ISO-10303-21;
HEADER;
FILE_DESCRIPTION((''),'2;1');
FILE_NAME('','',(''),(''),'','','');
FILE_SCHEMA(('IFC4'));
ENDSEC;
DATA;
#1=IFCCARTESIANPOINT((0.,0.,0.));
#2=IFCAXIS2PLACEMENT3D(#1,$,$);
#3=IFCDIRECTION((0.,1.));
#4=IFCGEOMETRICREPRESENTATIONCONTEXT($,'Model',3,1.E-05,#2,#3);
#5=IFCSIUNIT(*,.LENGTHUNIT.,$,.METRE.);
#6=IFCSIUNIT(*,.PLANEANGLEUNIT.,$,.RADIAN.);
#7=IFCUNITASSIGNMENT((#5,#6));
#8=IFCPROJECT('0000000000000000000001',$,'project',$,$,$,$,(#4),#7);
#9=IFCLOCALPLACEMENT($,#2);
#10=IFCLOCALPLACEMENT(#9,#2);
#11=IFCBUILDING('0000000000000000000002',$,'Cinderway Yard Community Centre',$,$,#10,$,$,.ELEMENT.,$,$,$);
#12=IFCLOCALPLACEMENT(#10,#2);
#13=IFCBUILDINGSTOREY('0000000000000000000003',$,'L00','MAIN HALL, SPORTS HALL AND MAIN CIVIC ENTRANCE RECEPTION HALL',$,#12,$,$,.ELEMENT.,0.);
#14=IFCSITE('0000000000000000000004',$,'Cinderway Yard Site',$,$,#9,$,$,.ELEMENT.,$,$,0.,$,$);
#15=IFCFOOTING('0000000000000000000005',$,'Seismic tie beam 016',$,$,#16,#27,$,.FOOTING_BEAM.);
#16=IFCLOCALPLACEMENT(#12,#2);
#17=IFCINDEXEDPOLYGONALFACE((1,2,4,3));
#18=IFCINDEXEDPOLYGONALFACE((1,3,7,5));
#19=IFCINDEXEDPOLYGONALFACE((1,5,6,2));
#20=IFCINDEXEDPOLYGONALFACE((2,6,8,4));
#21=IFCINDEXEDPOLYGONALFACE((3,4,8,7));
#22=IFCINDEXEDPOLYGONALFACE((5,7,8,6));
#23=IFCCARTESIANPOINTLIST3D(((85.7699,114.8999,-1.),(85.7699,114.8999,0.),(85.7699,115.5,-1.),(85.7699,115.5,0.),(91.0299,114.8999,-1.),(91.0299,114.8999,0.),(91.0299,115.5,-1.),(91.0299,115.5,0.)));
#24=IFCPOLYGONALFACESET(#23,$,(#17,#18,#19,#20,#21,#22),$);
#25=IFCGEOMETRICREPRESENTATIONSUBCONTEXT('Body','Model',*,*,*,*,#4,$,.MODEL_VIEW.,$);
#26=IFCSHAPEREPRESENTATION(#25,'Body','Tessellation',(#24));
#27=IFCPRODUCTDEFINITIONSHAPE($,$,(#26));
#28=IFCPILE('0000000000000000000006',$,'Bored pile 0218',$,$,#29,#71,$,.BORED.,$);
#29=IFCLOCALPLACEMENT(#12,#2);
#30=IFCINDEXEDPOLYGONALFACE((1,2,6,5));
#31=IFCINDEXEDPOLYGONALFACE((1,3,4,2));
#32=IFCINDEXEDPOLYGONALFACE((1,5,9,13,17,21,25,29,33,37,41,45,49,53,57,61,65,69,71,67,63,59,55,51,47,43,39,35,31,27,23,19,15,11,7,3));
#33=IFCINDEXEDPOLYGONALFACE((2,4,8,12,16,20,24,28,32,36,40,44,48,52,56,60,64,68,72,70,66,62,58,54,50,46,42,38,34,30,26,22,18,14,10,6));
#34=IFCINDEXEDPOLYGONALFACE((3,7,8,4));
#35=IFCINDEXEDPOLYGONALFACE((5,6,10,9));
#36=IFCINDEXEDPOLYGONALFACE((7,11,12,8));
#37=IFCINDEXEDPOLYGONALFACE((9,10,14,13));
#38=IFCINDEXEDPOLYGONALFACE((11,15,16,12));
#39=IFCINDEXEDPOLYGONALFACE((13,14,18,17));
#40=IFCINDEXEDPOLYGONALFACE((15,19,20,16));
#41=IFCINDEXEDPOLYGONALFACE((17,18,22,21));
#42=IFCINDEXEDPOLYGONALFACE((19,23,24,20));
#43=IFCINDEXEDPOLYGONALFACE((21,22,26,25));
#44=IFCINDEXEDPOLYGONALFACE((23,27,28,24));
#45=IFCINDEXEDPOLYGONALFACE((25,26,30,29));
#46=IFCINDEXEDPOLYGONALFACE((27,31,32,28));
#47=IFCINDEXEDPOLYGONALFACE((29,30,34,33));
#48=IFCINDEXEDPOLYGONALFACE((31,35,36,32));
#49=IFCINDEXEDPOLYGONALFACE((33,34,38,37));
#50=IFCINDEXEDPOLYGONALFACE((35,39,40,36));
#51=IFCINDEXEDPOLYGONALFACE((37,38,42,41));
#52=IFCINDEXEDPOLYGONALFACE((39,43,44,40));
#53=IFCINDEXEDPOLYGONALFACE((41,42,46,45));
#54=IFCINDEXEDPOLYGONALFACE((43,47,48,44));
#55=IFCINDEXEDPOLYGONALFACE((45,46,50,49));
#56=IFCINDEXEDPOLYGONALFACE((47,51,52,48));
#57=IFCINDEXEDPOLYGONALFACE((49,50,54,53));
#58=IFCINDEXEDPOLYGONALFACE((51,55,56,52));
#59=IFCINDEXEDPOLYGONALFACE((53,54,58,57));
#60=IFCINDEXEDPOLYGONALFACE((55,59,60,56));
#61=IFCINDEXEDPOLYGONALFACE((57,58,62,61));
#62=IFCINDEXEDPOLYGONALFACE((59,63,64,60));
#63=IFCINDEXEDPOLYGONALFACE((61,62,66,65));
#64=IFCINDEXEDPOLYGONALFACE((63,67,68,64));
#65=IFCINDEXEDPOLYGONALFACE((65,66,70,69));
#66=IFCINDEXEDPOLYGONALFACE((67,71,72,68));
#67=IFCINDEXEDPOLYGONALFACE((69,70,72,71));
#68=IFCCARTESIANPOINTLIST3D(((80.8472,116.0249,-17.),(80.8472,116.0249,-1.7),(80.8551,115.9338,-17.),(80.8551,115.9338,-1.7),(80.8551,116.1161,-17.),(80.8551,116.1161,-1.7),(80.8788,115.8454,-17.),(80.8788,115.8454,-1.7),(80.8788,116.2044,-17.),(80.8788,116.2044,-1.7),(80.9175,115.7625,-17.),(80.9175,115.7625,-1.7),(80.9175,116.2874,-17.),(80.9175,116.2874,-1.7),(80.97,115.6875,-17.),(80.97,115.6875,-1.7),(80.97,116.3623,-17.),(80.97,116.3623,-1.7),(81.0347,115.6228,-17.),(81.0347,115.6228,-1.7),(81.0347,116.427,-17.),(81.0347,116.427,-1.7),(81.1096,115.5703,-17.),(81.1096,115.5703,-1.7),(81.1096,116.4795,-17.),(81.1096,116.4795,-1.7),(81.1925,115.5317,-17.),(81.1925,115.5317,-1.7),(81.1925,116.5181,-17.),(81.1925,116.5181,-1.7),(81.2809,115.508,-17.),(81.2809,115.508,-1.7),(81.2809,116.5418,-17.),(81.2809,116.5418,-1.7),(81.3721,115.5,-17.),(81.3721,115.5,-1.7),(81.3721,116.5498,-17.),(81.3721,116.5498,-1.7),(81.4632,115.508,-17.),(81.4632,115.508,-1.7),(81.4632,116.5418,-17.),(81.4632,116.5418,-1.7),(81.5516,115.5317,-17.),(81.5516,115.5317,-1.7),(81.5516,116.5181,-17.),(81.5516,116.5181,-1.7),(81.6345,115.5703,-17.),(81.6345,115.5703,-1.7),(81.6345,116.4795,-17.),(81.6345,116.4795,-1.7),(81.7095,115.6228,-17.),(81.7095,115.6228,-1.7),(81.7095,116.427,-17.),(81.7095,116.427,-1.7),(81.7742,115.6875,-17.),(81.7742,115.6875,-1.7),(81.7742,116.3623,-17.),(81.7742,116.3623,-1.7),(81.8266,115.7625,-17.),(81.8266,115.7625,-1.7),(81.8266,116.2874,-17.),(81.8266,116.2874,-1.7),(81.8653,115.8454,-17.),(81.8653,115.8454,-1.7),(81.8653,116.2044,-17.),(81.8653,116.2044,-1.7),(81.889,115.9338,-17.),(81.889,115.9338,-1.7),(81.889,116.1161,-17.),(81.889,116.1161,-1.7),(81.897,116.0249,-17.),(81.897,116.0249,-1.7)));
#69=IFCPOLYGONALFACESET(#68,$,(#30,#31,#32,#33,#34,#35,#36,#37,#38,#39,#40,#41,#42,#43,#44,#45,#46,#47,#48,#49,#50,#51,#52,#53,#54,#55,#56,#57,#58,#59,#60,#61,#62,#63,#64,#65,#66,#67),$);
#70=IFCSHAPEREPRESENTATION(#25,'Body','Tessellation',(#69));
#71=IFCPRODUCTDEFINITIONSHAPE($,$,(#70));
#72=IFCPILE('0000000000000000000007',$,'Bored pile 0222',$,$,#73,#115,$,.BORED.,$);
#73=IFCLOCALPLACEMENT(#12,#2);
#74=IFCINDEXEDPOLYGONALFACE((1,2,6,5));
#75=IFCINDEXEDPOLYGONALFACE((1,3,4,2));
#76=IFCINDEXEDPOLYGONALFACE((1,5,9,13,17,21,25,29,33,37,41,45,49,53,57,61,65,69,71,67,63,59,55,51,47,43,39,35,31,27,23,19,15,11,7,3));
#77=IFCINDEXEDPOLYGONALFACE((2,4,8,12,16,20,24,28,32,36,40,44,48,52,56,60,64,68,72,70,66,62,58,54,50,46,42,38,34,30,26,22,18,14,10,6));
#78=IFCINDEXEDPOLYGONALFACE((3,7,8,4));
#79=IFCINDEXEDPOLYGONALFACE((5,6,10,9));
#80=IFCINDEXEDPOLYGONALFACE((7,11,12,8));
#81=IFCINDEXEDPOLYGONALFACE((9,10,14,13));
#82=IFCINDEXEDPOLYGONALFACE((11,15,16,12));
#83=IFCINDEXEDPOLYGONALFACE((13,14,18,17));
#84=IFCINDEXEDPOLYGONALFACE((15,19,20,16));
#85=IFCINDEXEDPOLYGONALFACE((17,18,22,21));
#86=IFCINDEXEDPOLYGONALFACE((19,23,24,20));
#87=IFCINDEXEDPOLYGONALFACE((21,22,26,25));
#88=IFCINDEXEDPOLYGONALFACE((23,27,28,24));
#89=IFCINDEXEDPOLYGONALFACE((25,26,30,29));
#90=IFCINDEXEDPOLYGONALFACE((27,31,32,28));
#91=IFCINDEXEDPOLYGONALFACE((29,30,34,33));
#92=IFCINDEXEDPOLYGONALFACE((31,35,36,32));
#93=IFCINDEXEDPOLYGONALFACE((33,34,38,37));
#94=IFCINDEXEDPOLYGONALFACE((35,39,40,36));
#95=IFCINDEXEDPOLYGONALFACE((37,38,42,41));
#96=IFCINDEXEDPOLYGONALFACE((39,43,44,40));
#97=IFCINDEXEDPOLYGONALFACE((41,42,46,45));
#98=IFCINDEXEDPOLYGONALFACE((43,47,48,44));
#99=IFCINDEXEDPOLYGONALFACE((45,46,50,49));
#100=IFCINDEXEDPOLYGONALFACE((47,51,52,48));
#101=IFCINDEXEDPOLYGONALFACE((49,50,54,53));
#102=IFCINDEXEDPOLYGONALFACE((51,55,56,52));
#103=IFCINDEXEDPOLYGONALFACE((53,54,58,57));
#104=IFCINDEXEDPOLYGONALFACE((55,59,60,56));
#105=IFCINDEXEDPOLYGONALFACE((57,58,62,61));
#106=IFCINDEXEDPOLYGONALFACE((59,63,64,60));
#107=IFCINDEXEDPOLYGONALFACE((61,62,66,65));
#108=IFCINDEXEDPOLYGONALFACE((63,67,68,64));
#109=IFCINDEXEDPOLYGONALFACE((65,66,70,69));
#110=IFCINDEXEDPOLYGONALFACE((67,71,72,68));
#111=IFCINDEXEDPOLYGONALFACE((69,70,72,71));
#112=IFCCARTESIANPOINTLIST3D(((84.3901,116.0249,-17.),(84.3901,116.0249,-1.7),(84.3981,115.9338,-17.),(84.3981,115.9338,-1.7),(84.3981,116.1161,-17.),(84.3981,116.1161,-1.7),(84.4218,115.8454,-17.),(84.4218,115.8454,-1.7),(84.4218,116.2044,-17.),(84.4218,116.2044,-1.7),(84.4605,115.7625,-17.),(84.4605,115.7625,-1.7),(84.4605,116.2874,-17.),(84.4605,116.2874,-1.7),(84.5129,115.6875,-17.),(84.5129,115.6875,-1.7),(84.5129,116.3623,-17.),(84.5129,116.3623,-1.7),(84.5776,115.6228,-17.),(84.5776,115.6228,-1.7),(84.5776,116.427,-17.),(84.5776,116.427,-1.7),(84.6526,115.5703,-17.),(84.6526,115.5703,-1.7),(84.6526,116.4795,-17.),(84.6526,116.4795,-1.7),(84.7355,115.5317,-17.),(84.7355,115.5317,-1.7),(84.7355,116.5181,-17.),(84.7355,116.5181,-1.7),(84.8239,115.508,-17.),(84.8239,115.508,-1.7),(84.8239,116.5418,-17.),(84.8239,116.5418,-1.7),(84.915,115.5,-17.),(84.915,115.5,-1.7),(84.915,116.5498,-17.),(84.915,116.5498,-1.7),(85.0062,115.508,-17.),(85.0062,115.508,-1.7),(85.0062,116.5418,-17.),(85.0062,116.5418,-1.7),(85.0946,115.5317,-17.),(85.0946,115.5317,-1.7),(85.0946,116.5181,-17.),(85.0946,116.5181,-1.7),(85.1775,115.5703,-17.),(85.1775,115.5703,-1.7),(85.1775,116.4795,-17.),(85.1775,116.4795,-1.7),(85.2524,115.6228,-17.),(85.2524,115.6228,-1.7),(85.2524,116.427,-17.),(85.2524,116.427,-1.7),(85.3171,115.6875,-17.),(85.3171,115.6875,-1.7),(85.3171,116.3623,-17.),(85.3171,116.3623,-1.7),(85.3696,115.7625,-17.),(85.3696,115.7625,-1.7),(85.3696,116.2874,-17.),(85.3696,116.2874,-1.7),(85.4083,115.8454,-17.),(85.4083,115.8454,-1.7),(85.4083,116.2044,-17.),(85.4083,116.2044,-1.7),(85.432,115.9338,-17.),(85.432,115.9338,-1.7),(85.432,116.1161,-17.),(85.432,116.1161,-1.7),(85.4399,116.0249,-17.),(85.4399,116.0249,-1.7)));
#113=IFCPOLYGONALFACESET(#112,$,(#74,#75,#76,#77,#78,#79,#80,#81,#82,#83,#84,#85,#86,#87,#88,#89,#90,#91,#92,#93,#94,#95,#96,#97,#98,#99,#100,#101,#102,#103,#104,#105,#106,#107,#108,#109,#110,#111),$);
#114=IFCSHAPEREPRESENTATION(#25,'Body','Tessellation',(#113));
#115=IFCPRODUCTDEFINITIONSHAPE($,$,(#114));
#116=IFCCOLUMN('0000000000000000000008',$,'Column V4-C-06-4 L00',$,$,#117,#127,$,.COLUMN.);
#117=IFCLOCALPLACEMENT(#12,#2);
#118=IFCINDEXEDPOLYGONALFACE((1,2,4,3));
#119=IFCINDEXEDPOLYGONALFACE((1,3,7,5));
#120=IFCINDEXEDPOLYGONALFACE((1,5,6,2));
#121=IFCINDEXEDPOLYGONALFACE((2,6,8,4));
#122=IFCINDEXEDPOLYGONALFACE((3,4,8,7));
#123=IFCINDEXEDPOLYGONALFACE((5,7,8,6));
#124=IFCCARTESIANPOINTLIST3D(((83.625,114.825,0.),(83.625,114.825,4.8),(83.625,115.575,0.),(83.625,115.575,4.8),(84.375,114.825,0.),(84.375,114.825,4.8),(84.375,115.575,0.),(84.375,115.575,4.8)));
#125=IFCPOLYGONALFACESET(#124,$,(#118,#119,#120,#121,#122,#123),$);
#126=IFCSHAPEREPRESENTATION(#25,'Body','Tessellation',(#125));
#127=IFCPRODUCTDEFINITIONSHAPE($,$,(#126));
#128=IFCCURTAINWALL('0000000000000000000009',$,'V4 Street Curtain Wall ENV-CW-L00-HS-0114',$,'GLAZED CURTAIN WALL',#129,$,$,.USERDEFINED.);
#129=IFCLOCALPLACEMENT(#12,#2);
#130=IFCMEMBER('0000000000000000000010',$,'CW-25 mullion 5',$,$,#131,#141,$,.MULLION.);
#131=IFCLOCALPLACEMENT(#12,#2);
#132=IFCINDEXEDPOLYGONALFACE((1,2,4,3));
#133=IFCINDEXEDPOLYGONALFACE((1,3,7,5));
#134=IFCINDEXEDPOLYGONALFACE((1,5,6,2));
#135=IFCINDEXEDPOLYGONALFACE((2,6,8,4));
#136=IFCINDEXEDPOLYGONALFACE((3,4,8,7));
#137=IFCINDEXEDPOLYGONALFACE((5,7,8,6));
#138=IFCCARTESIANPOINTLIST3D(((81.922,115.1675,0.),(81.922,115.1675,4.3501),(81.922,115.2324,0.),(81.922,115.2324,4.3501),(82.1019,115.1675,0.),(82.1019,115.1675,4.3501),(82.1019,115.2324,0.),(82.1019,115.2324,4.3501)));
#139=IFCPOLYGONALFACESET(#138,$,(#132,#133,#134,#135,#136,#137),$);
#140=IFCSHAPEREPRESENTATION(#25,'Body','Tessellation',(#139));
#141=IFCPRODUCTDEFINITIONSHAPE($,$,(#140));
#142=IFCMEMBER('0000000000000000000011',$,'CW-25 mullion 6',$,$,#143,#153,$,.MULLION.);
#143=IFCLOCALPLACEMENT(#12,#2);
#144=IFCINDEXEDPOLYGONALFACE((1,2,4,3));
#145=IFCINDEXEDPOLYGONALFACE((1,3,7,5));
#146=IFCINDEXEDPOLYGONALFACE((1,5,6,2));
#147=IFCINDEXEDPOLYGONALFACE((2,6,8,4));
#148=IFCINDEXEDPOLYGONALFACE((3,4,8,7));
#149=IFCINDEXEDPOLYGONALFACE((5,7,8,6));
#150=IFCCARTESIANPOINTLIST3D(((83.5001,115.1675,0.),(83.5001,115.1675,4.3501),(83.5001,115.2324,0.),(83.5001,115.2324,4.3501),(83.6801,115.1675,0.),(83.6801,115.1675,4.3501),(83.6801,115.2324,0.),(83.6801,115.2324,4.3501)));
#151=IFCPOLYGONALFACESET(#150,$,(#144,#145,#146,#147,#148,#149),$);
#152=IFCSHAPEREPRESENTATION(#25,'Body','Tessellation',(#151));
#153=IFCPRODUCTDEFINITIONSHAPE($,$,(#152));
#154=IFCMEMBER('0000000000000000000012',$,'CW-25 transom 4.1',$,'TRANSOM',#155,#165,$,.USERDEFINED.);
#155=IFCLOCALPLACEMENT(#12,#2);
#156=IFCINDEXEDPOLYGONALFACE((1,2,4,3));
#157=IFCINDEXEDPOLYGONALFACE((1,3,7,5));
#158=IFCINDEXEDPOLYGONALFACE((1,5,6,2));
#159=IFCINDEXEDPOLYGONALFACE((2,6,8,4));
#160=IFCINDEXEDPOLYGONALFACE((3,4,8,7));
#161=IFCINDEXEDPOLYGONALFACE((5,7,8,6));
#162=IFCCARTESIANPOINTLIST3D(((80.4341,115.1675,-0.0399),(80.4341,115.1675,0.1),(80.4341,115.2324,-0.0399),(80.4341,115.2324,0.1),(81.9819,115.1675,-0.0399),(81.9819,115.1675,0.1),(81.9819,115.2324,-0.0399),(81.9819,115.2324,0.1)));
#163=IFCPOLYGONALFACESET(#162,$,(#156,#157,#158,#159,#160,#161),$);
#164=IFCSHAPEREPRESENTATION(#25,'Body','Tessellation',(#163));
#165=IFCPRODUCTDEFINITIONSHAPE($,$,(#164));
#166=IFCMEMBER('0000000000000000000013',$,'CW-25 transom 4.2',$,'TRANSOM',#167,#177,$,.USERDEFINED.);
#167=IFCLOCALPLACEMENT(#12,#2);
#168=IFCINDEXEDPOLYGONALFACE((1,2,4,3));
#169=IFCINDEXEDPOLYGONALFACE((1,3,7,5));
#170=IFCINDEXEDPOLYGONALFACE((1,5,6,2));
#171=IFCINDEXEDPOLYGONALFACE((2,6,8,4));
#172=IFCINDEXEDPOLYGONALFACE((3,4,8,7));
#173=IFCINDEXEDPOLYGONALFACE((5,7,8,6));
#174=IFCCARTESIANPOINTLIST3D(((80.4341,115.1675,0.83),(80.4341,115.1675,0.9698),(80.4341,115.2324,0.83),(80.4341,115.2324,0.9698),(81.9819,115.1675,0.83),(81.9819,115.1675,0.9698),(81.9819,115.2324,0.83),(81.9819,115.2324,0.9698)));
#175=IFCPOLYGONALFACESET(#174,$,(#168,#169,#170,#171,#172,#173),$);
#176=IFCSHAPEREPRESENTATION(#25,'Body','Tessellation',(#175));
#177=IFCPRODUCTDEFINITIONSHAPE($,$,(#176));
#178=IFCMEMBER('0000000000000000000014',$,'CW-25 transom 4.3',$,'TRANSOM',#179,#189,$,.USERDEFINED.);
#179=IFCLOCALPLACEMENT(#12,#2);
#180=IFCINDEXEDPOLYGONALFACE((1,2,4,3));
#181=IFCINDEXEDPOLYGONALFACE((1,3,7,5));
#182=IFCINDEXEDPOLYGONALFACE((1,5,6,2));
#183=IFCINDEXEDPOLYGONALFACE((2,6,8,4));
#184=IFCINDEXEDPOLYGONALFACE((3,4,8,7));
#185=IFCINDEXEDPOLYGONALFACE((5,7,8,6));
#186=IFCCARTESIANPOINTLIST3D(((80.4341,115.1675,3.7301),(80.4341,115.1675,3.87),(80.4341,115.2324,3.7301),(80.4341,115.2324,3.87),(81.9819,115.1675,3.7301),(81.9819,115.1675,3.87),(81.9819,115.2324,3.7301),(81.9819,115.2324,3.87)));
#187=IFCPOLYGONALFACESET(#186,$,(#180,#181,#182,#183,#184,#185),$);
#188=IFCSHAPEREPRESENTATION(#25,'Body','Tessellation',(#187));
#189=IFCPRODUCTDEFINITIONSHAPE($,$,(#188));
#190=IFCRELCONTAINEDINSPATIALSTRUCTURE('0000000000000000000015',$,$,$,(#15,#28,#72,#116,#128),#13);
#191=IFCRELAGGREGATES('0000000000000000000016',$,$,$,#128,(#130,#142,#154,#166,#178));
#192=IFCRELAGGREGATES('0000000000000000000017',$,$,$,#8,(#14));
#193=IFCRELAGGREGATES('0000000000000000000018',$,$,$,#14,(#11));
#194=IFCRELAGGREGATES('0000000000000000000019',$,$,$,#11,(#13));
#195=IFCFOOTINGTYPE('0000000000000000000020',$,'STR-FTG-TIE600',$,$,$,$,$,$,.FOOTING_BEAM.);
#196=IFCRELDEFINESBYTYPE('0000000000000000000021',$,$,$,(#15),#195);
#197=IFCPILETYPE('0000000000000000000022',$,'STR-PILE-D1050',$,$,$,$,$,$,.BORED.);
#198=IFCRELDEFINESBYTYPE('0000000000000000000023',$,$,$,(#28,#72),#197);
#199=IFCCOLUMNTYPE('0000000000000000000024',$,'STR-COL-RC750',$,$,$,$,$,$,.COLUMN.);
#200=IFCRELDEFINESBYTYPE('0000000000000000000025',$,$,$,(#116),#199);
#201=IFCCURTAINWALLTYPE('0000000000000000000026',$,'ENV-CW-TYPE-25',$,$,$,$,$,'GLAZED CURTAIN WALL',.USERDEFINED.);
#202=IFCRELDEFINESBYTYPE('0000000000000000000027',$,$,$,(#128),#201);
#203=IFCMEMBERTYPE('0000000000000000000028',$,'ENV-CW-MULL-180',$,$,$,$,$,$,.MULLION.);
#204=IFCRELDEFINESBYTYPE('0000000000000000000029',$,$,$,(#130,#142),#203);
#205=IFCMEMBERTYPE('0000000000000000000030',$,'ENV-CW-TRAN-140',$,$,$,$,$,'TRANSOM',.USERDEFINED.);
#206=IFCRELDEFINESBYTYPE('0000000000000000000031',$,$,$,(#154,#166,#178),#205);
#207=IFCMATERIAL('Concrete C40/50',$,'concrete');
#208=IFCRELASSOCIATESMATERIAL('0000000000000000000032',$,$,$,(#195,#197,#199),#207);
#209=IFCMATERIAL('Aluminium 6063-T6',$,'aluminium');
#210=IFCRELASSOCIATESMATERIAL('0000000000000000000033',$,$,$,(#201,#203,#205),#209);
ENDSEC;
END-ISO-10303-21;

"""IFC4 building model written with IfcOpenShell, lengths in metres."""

from ifc_helpers import new_model, si_unit, direction, frame, origin, origin_2d, place, context, subcontext, project, spatial, rectangle, circle, extrude, material, material_profile, profile_set, type_object, element, aggregate, save


model = new_model("IFC4")

# Units and contexts
model_context = context("Model", 3, precision=1e-05, world=origin(), true_north=direction((0.0, 1.0)))
body_context = subcontext(model_context, "Body", "Model", "MODEL_VIEW")
ifc_project = project(units=[si_unit("LENGTHUNIT", "METRE"), si_unit("PLANEANGLEUNIT", "RADIAN")], contexts=[model_context])

# Site, building, storey
site_placement = place(None, origin())
site = spatial("IfcSite", under=ifc_project, at=site_placement, Name="Cinderway Yard Site", CompositionType="ELEMENT", RefElevation=0.0)
building_placement = place(site_placement, origin())
building = spatial("IfcBuilding", under=site, at=building_placement, Name="Cinderway Yard Community Centre", CompositionType="ELEMENT")
storey_placement = place(building_placement, origin())
storey = spatial("IfcBuildingStorey", under=building, at=storey_placement, Name="L00", Description="MAIN HALL, SPORTS HALL AND MAIN CIVIC ENTRANCE RECEPTION HALL", CompositionType="ELEMENT", Elevation=0.0)

# Footing
ifc_material_1 = material(Name="Concrete C40/50", Category="concrete")
footing_type = type_object("IfcFootingType", Name="STR-FTG-TIE600", PredefinedType="FOOTING_BEAM", material=ifc_material_1)
footing_placement = place(storey_placement, frame((88.3999, 115.2, -1.0), z_axis=(0.0, 0.0, 1.0), x_axis=(1.0, 0.0, 0.0)))
element("IfcFooting", 1, at=footing_placement, inside=storey, type_object=footing_type, Name="Seismic tie beam 016", PredefinedType="FOOTING_BEAM", context=body_context, shape_type="SweptSolid", body=[
    extrude(rectangle(XDim=5.26, YDim=0.6001, at=origin_2d()), origin(), (0.0, 0.0, 1.0), 1.0),
])

# Piles
ifc_material_profile_1 = material_profile(ifc_material_1, circle(Radius=0.5249, at=origin_2d()), Name="Concrete C40/50")
ifc_profile_set_1 = profile_set([ifc_material_profile_1], Name="Concrete C40/50")
pile_type = type_object("IfcPileType", Name="STR-PILE-D1050", PredefinedType="BORED", material=ifc_profile_set_1)
for number, where, z_axis, x_axis, name in (
    (2, (81.3721, 116.0249, -1.7), (0.0, 0.0, -1.0), (1.0, 0.0, 0.0), "Bored pile 0218"),
    (3, (84.915, 116.0249, -1.7), (0.0, 0.0, -1.0), (1.0, 0.0, 0.0), "Bored pile 0222"),
):
    element("IfcPile", number, at=place(storey_placement, frame(where, z_axis=z_axis, x_axis=x_axis)), inside=storey, type_object=pile_type, Name=name, PredefinedType="BORED", context=body_context, shape_type="SweptSolid", body=[
        extrude(circle(Radius=0.5249, at=origin_2d()), origin(), (0.0, 0.0, 1.0), 15.3),
    ])

# Column
ifc_material_profile_2 = material_profile(ifc_material_1, rectangle(XDim=0.75, YDim=0.75, at=origin_2d()), Name="Concrete C40/50")
ifc_profile_set_2 = profile_set([ifc_material_profile_2], Name="Concrete C40/50")
column_type = type_object("IfcColumnType", Name="STR-COL-RC750", PredefinedType="COLUMN", material=ifc_profile_set_2)
column_placement = place(storey_placement, frame((84.0, 115.2, 0.0), z_axis=(0.0, 0.0, 1.0), x_axis=(1.0, 0.0, 0.0)))
element("IfcColumn", 4, at=column_placement, inside=storey, type_object=column_type, Name="Column V4-C-06-4 L00", PredefinedType="COLUMN", context=body_context, shape_type="SweptSolid", body=[
    extrude(rectangle(XDim=0.75, YDim=0.75, at=origin_2d()), origin(), (0.0, 0.0, 1.0), 4.8),
])

# Curtain wall, members
ifc_material_2 = material(Name="Aluminium 6063-T6", Category="aluminium")
curtain_wall_type = type_object("IfcCurtainWallType", Name="ENV-CW-TYPE-25", ElementType="GLAZED CURTAIN WALL", PredefinedType="USERDEFINED", material=ifc_material_2)
curtain_wall_placement = place(storey_placement, origin())
curtain_wall = element("IfcCurtainWall", 5, at=curtain_wall_placement, inside=storey, type_object=curtain_wall_type, Name="V4 Street Curtain Wall ENV-CW-L00-HS-0114", ObjectType="GLAZED CURTAIN WALL", PredefinedType="USERDEFINED")
ifc_material_profile_3 = material_profile(ifc_material_2, rectangle(XDim=0.0649, YDim=0.1799, at=origin_2d()), Name="Aluminium 6063-T6")
ifc_profile_set_3 = profile_set([ifc_material_profile_3], Name="Aluminium 6063-T6")
member_type_1 = type_object("IfcMemberType", Name="ENV-CW-MULL-180", PredefinedType="MULLION", material=ifc_profile_set_3)
member_1_placement = place(storey_placement, frame((82.012, 115.2, 0.0), z_axis=(0.0, 0.0, 1.0), x_axis=(0.0, 1.0, 0.0)))
member_1 = element("IfcMember", 6, at=member_1_placement, type_object=member_type_1, Name="CW-25 mullion 5", PredefinedType="MULLION", context=body_context, shape_type="SweptSolid", body=[
    extrude(rectangle(XDim=0.0649, YDim=0.1799, at=origin_2d()), origin(), (0.0, 0.0, 1.0), 4.3501),
])
member_2_placement = place(storey_placement, frame((83.5901, 115.2, 0.0), z_axis=(0.0, 0.0, 1.0), x_axis=(0.0, 1.0, 0.0)))
member_2 = element("IfcMember", 7, at=member_2_placement, type_object=member_type_1, Name="CW-25 mullion 6", PredefinedType="MULLION", context=body_context, shape_type="SweptSolid", body=[
    extrude(rectangle(XDim=0.0649, YDim=0.1799, at=origin_2d()), origin(), (0.0, 0.0, 1.0), 4.3501),
])
ifc_material_profile_4 = material_profile(ifc_material_2, rectangle(XDim=0.0649, YDim=0.1399, at=origin_2d()), Name="Aluminium 6063-T6")
ifc_profile_set_4 = profile_set([ifc_material_profile_4], Name="Aluminium 6063-T6")
member_type_2 = type_object("IfcMemberType", Name="ENV-CW-TRAN-140", ElementType="TRANSOM", PredefinedType="USERDEFINED", material=ifc_profile_set_4)
member_3_placement = place(storey_placement, frame((80.4341, 115.2, 0.03), z_axis=(1.0, 0.0, 0.0), x_axis=(0.0, 1.0, 0.0)))
member_3 = element("IfcMember", 8, at=member_3_placement, type_object=member_type_2, Name="CW-25 transom 4.1", ObjectType="TRANSOM", PredefinedType="USERDEFINED", context=body_context, shape_type="SweptSolid", body=[
    extrude(rectangle(XDim=0.0649, YDim=0.1399, at=origin_2d()), origin(), (0.0, 0.0, 1.0), 1.5479),
])
member_4_placement = place(storey_placement, frame((80.4341, 115.2, 0.8999), z_axis=(1.0, 0.0, 0.0), x_axis=(0.0, 1.0, 0.0)))
member_4 = element("IfcMember", 9, at=member_4_placement, type_object=member_type_2, Name="CW-25 transom 4.2", ObjectType="TRANSOM", PredefinedType="USERDEFINED", context=body_context, shape_type="SweptSolid", body=[
    extrude(rectangle(XDim=0.0649, YDim=0.1399, at=origin_2d()), origin(), (0.0, 0.0, 1.0), 1.5479),
])
member_5_placement = place(storey_placement, frame((80.4341, 115.2, 3.8), z_axis=(1.0, 0.0, 0.0), x_axis=(0.0, 1.0, 0.0)))
member_5 = element("IfcMember", 10, at=member_5_placement, type_object=member_type_2, Name="CW-25 transom 4.3", ObjectType="TRANSOM", PredefinedType="USERDEFINED", context=body_context, shape_type="SweptSolid", body=[
    extrude(rectangle(XDim=0.0649, YDim=0.1399, at=origin_2d()), origin(), (0.0, 0.0, 1.0), 1.5479),
])
aggregate(curtain_wall, [member_1, member_2, member_3, member_4, member_5])

save(model, "model.ifc")
